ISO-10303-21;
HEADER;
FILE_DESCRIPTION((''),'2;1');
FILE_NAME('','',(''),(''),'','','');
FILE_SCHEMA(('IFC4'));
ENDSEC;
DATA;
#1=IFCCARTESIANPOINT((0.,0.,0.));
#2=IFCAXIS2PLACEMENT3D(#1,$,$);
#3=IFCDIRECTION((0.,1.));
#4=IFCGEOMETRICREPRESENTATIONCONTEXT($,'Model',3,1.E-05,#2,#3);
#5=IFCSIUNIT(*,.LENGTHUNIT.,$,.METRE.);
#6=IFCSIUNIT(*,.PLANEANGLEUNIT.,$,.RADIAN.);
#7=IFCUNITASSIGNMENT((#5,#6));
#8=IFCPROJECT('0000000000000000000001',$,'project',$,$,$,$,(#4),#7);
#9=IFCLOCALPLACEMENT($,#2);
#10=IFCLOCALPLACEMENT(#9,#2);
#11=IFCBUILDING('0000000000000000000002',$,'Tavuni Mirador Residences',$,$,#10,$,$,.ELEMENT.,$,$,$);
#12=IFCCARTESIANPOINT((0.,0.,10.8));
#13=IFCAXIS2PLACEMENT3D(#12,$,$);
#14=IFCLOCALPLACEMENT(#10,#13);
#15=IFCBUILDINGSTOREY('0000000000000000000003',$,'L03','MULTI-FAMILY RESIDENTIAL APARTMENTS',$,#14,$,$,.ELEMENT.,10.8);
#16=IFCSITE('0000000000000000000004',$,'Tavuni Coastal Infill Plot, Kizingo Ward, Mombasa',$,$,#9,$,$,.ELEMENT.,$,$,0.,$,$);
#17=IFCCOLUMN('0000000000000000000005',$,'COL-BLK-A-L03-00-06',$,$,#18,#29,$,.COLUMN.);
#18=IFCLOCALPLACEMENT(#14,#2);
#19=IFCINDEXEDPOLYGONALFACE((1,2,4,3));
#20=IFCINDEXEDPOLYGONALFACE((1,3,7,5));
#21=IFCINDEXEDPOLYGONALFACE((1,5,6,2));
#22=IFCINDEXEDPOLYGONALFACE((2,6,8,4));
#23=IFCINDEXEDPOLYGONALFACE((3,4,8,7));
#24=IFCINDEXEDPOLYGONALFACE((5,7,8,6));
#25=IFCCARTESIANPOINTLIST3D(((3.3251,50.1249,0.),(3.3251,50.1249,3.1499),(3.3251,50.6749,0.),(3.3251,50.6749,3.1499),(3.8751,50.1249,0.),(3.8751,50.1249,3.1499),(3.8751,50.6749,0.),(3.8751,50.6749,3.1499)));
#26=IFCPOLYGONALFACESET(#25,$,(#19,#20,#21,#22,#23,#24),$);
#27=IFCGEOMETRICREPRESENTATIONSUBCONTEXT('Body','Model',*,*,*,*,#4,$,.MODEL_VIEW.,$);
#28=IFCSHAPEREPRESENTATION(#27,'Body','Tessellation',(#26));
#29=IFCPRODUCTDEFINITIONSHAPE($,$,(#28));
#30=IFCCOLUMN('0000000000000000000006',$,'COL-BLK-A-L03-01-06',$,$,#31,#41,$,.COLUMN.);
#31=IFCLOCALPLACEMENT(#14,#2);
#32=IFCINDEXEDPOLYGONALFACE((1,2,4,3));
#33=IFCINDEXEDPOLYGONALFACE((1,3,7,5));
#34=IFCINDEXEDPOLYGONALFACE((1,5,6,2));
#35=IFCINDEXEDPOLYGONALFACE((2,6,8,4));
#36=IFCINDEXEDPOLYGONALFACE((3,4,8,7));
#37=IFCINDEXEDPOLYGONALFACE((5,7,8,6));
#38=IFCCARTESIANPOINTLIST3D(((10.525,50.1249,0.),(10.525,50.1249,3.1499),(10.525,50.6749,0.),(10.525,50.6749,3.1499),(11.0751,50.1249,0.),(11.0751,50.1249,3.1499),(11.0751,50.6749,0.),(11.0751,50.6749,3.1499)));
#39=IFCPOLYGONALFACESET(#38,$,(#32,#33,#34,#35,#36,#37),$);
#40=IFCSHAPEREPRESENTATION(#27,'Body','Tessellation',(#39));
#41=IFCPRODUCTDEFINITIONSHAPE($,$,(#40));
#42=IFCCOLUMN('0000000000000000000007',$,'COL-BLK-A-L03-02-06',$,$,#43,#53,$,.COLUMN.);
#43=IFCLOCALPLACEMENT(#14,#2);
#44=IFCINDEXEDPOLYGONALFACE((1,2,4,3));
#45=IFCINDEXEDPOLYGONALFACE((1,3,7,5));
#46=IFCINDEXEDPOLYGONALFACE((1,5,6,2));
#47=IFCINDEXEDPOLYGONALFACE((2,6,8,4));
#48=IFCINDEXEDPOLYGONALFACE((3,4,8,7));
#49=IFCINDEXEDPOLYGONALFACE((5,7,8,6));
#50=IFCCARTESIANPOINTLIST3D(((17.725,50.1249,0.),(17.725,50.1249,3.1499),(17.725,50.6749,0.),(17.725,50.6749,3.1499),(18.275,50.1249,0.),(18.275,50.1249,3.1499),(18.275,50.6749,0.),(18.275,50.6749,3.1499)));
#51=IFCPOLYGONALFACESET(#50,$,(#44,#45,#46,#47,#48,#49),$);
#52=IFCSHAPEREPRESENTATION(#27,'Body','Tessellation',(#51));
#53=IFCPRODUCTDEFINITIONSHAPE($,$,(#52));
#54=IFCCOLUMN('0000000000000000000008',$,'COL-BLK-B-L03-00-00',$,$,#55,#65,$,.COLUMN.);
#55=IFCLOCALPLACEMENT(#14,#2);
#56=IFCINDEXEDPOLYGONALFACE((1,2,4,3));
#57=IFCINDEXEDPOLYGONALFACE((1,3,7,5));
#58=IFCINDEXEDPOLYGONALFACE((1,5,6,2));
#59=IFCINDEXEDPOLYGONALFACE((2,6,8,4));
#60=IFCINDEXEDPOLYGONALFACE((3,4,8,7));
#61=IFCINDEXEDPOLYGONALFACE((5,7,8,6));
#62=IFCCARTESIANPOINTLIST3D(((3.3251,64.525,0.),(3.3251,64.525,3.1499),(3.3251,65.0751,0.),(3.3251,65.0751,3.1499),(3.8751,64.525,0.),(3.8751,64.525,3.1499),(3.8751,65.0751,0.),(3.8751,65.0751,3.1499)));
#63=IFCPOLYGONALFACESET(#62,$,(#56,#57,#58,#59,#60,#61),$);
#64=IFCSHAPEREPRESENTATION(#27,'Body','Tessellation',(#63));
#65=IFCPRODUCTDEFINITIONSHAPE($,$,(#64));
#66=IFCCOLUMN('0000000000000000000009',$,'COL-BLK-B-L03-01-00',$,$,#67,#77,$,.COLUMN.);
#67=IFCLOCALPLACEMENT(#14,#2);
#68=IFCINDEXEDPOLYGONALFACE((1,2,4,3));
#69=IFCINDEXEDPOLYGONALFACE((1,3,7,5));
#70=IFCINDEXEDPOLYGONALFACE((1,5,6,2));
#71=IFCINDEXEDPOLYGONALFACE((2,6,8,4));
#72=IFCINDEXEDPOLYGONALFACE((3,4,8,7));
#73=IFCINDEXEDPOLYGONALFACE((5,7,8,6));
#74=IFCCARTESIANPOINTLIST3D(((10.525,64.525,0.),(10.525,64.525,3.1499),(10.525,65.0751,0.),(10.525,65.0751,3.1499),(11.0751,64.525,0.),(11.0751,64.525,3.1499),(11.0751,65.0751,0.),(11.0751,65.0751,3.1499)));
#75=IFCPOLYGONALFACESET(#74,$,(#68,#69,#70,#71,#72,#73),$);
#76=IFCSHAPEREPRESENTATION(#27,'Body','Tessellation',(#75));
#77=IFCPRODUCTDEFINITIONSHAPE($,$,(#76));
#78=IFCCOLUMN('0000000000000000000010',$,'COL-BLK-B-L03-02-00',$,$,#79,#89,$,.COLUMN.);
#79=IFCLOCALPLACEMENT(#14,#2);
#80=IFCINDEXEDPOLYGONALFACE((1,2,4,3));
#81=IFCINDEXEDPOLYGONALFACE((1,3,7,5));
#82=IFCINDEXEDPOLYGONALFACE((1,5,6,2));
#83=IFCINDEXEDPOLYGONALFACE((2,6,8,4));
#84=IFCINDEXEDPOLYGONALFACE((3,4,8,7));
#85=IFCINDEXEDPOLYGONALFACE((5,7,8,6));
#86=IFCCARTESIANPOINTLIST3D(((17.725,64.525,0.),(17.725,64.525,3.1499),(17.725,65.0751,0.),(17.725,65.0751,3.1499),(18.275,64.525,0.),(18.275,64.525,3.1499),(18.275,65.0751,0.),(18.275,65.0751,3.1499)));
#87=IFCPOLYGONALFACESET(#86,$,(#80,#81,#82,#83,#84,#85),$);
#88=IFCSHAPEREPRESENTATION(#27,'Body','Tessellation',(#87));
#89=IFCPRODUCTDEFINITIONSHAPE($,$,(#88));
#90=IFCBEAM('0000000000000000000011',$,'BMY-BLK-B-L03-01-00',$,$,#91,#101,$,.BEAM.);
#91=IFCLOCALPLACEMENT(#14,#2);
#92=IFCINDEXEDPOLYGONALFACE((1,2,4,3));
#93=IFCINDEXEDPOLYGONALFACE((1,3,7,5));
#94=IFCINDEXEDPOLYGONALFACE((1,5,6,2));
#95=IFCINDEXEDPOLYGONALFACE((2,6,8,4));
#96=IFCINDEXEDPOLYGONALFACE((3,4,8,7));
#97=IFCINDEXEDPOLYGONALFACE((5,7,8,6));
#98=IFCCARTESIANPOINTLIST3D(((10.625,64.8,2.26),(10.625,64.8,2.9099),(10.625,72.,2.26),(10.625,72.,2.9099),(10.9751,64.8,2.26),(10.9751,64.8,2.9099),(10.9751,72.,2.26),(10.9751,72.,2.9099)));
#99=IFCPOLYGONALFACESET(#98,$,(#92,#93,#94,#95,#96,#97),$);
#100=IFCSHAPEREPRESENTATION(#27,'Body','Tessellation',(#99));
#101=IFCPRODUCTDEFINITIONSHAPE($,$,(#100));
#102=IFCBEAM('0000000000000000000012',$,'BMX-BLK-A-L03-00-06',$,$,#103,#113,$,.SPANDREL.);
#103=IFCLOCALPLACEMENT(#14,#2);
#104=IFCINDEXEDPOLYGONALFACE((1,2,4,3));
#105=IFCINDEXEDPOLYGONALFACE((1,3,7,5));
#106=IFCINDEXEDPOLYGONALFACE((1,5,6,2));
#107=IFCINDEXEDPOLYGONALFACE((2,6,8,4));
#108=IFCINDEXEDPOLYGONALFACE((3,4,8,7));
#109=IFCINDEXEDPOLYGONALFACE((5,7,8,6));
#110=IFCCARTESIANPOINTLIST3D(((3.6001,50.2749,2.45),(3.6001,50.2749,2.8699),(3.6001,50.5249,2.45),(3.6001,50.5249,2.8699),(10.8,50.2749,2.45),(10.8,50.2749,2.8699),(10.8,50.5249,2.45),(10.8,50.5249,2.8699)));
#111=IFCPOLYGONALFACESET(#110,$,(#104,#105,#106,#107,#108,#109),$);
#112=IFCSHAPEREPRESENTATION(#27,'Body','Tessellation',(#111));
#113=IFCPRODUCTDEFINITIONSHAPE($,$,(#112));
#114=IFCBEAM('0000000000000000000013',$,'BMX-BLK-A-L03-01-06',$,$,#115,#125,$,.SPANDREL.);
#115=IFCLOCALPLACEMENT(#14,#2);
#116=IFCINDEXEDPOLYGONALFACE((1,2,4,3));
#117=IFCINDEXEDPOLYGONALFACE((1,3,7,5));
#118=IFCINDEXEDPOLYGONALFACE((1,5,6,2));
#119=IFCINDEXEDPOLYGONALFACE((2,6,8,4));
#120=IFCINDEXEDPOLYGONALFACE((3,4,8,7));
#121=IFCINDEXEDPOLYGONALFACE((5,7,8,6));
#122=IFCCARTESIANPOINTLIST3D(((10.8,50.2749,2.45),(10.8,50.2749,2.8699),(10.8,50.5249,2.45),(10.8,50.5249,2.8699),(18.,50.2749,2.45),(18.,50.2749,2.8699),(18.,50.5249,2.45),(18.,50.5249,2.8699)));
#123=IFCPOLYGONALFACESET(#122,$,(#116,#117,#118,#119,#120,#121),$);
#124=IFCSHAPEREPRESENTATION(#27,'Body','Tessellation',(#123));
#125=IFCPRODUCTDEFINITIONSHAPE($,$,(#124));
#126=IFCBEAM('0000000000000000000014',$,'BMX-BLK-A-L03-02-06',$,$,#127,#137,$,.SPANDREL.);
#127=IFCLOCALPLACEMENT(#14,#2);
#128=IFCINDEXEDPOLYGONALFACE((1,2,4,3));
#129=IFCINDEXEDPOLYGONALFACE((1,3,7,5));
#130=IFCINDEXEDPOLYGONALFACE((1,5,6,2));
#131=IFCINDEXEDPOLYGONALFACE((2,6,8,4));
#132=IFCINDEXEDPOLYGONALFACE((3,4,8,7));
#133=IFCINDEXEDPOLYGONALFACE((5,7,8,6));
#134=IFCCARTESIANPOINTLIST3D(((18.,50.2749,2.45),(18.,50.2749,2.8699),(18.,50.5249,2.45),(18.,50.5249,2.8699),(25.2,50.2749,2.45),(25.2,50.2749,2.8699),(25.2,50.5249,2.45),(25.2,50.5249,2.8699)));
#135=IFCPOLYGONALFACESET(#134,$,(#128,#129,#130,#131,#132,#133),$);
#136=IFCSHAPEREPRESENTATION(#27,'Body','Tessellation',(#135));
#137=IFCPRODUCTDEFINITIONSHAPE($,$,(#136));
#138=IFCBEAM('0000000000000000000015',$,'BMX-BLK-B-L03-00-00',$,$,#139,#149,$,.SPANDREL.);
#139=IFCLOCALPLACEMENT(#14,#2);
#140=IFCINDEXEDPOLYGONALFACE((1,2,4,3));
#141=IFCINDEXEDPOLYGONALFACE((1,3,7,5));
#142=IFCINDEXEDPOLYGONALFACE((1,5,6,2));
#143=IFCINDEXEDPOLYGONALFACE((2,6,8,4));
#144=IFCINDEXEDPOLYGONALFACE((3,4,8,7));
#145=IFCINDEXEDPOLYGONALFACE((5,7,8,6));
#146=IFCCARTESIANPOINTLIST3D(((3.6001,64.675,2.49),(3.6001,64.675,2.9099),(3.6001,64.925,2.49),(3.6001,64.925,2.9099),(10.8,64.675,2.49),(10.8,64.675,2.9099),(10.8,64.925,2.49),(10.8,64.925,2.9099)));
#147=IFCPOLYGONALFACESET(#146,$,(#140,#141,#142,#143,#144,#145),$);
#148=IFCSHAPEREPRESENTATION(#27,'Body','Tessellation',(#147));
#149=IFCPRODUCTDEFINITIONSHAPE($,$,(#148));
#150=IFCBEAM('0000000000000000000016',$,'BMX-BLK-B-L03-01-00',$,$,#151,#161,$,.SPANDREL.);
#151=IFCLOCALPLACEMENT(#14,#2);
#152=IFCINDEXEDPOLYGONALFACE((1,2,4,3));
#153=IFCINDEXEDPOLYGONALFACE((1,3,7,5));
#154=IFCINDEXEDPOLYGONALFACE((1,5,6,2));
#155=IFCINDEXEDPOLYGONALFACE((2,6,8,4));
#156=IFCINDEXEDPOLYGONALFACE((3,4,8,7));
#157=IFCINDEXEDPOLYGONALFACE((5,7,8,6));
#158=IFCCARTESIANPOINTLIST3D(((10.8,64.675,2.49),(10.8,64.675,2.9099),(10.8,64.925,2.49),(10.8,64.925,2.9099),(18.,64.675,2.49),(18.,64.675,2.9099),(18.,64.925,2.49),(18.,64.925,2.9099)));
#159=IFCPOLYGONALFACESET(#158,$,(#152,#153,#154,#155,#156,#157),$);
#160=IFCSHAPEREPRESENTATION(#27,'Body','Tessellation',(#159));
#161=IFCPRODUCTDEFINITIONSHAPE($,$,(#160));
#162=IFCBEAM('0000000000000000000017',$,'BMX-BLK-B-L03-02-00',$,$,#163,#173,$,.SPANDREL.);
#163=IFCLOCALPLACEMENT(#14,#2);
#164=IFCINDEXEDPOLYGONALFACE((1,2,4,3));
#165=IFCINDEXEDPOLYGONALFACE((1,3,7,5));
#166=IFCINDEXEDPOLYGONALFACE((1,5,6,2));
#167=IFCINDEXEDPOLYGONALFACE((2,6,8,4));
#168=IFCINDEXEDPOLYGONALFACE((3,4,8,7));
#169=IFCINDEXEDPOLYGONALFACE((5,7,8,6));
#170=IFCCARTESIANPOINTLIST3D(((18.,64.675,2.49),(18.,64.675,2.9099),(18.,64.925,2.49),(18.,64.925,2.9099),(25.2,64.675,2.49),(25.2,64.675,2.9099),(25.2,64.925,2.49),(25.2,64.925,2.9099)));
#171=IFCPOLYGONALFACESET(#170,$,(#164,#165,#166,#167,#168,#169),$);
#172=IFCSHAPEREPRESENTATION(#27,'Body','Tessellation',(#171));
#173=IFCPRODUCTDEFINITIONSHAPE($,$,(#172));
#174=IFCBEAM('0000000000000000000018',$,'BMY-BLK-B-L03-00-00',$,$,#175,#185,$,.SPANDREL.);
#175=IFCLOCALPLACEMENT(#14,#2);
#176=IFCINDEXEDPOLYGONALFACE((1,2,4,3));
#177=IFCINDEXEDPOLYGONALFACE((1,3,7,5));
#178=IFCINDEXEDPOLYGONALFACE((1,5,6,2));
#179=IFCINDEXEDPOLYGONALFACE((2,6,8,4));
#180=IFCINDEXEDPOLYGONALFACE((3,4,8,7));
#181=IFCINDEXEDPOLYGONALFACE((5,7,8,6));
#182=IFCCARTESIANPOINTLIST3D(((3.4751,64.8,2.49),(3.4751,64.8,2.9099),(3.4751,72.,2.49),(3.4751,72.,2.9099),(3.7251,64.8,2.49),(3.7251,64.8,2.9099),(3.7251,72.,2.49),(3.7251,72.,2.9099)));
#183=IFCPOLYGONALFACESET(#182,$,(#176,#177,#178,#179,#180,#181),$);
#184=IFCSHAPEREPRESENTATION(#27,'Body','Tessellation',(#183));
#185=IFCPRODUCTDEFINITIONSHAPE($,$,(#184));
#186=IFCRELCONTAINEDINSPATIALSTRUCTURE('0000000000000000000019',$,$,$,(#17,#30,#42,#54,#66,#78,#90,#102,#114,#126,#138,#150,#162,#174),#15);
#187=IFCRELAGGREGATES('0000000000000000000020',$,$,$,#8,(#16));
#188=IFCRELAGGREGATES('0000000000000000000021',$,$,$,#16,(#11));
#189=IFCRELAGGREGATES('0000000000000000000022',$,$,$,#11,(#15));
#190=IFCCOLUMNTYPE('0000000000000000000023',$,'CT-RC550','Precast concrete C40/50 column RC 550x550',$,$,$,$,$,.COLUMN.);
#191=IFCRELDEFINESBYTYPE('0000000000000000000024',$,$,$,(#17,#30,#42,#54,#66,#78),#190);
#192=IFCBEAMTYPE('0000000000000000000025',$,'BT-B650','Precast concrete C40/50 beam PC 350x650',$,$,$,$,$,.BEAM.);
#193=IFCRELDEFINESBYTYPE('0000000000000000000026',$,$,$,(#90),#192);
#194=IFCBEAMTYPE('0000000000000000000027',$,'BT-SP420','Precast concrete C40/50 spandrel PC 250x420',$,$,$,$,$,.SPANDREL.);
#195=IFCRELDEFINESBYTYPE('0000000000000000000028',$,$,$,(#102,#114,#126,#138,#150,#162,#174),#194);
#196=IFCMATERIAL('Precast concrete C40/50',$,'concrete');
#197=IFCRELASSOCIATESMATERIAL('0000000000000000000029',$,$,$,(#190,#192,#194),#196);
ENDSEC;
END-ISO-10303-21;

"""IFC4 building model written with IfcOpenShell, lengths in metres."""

from ifc_helpers import new_model, si_unit, direction, frame, origin, origin_2d, place, context, subcontext, project, spatial, rectangle, extrude, material, material_profile, profile_set, type_object, element, save


model = new_model("IFC4")

# Units and contexts
model_context = context("Model", 3, precision=1e-05, world=origin(), true_north=direction((0.0, 1.0)))
body_context = subcontext(model_context, "Body", "Model", "MODEL_VIEW")
ifc_project = project(units=[si_unit("LENGTHUNIT", "METRE"), si_unit("PLANEANGLEUNIT", "RADIAN")], contexts=[model_context])

# Site, building, storey
site_placement = place(None, origin())
site = spatial("IfcSite", under=ifc_project, at=site_placement, Name="Tavuni Coastal Infill Plot, Kizingo Ward, Mombasa", CompositionType="ELEMENT", RefElevation=0.0)
building_placement = place(site_placement, origin())
building = spatial("IfcBuilding", under=site, at=building_placement, Name="Tavuni Mirador Residences", CompositionType="ELEMENT")
storey_placement = place(building_placement, frame((0.0, 0.0, 10.8)))
storey = spatial("IfcBuildingStorey", under=building, at=storey_placement, Name="L03", Description="MULTI-FAMILY RESIDENTIAL APARTMENTS", CompositionType="ELEMENT", Elevation=10.8)

# Columns
ifc_material_1 = material(Name="Precast concrete C40/50", Category="concrete")
ifc_material_profile_1 = material_profile(ifc_material_1, rectangle(XDim=0.55, YDim=0.55, at=origin_2d()), Name="RC 550x550", Category="concrete")
ifc_profile_set_1 = profile_set([ifc_material_profile_1], Name="Precast concrete C40/50")
column_type = type_object("IfcColumnType", Name="CT-RC550", Description="Precast concrete C40/50 column RC 550x550", PredefinedType="COLUMN", material=ifc_profile_set_1)
for number, where, z_axis, x_axis, name in (
    (1, (3.6001, 50.3999, 0.0), (0.0, 0.0, 1.0), (1.0, 0.0, 0.0), "COL-BLK-A-L03-00-06"),
    (2, (10.8, 50.3999, 0.0), (0.0, 0.0, 1.0), (1.0, 0.0, 0.0), "COL-BLK-A-L03-01-06"),
    (3, (18.0, 50.3999, 0.0), (0.0, 0.0, 1.0), (1.0, 0.0, 0.0), "COL-BLK-A-L03-02-06"),
    (4, (3.6001, 64.8, 0.0), (0.0, 0.0, 1.0), (1.0, 0.0, 0.0), "COL-BLK-B-L03-00-00"),
    (5, (10.8, 64.8, 0.0), (0.0, 0.0, 1.0), (1.0, 0.0, 0.0), "COL-BLK-B-L03-01-00"),
    (6, (18.0, 64.8, 0.0), (0.0, 0.0, 1.0), (1.0, 0.0, 0.0), "COL-BLK-B-L03-02-00"),
):
    element("IfcColumn", number, at=place(storey_placement, frame(where, z_axis=z_axis, x_axis=x_axis)), inside=storey, type_object=column_type, Name=name, PredefinedType="COLUMN", context=body_context, shape_type="SweptSolid", body=[
        extrude(rectangle(XDim=0.55, YDim=0.55, at=origin_2d()), origin(), (0.0, 0.0, 1.0), 3.1499),
    ])

# Beams
ifc_material_profile_2 = material_profile(ifc_material_1, rectangle(XDim=0.3501, YDim=0.6499, at=origin_2d()), Name="PC 350x650", Category="concrete")
ifc_profile_set_2 = profile_set([ifc_material_profile_2], Name="Precast concrete C40/50")
beam_type_1 = type_object("IfcBeamType", Name="BT-B650", Description="Precast concrete C40/50 beam PC 350x650", PredefinedType="BEAM", material=ifc_profile_set_2)
beam_placement = place(storey_placement, frame((10.8, 64.8, 2.585), z_axis=(0.0, 1.0, 0.0), x_axis=(-1.0, 0.0, 0.0)))
element("IfcBeam", 7, at=beam_placement, inside=storey, type_object=beam_type_1, Name="BMY-BLK-B-L03-01-00", PredefinedType="BEAM", context=body_context, shape_type="SweptSolid", body=[
    extrude(rectangle(XDim=0.3501, YDim=0.6499, at=origin_2d()), origin(), (0.0, 0.0, 1.0), 7.2),
])
ifc_material_profile_3 = material_profile(ifc_material_1, rectangle(XDim=0.25, YDim=0.4199, at=origin_2d()), Name="PC 250x420", Category="concrete")
ifc_profile_set_3 = profile_set([ifc_material_profile_3], Name="Precast concrete C40/50")
beam_type_2 = type_object("IfcBeamType", Name="BT-SP420", Description="Precast concrete C40/50 spandrel PC 250x420", PredefinedType="SPANDREL", material=ifc_profile_set_3)
for number, where, z_axis, x_axis, name in (
    (8, (3.6001, 50.3999, 2.6599), (1.0, 0.0, 0.0), (0.0, 1.0, 0.0), "BMX-BLK-A-L03-00-06"),
    (9, (10.8, 50.3999, 2.6599), (1.0, 0.0, 0.0), (0.0, 1.0, 0.0), "BMX-BLK-A-L03-01-06"),
    (10, (18.0, 50.3999, 2.6599), (1.0, 0.0, 0.0), (0.0, 1.0, 0.0), "BMX-BLK-A-L03-02-06"),
    (11, (3.6001, 64.8, 2.7), (1.0, 0.0, 0.0), (0.0, 1.0, 0.0), "BMX-BLK-B-L03-00-00"),
    (12, (10.8, 64.8, 2.7), (1.0, 0.0, 0.0), (0.0, 1.0, 0.0), "BMX-BLK-B-L03-01-00"),
    (13, (18.0, 64.8, 2.7), (1.0, 0.0, 0.0), (0.0, 1.0, 0.0), "BMX-BLK-B-L03-02-00"),
    (14, (3.6001, 64.8, 2.7), (0.0, 1.0, 0.0), (-1.0, 0.0, 0.0), "BMY-BLK-B-L03-00-00"),
):
    element("IfcBeam", number, at=place(storey_placement, frame(where, z_axis=z_axis, x_axis=x_axis)), inside=storey, type_object=beam_type_2, Name=name, PredefinedType="SPANDREL", context=body_context, shape_type="SweptSolid", body=[
        extrude(rectangle(XDim=0.25, YDim=0.4199, at=origin_2d()), origin(), (0.0, 0.0, 1.0), 7.2),
    ])

save(model, "model.ifc")
